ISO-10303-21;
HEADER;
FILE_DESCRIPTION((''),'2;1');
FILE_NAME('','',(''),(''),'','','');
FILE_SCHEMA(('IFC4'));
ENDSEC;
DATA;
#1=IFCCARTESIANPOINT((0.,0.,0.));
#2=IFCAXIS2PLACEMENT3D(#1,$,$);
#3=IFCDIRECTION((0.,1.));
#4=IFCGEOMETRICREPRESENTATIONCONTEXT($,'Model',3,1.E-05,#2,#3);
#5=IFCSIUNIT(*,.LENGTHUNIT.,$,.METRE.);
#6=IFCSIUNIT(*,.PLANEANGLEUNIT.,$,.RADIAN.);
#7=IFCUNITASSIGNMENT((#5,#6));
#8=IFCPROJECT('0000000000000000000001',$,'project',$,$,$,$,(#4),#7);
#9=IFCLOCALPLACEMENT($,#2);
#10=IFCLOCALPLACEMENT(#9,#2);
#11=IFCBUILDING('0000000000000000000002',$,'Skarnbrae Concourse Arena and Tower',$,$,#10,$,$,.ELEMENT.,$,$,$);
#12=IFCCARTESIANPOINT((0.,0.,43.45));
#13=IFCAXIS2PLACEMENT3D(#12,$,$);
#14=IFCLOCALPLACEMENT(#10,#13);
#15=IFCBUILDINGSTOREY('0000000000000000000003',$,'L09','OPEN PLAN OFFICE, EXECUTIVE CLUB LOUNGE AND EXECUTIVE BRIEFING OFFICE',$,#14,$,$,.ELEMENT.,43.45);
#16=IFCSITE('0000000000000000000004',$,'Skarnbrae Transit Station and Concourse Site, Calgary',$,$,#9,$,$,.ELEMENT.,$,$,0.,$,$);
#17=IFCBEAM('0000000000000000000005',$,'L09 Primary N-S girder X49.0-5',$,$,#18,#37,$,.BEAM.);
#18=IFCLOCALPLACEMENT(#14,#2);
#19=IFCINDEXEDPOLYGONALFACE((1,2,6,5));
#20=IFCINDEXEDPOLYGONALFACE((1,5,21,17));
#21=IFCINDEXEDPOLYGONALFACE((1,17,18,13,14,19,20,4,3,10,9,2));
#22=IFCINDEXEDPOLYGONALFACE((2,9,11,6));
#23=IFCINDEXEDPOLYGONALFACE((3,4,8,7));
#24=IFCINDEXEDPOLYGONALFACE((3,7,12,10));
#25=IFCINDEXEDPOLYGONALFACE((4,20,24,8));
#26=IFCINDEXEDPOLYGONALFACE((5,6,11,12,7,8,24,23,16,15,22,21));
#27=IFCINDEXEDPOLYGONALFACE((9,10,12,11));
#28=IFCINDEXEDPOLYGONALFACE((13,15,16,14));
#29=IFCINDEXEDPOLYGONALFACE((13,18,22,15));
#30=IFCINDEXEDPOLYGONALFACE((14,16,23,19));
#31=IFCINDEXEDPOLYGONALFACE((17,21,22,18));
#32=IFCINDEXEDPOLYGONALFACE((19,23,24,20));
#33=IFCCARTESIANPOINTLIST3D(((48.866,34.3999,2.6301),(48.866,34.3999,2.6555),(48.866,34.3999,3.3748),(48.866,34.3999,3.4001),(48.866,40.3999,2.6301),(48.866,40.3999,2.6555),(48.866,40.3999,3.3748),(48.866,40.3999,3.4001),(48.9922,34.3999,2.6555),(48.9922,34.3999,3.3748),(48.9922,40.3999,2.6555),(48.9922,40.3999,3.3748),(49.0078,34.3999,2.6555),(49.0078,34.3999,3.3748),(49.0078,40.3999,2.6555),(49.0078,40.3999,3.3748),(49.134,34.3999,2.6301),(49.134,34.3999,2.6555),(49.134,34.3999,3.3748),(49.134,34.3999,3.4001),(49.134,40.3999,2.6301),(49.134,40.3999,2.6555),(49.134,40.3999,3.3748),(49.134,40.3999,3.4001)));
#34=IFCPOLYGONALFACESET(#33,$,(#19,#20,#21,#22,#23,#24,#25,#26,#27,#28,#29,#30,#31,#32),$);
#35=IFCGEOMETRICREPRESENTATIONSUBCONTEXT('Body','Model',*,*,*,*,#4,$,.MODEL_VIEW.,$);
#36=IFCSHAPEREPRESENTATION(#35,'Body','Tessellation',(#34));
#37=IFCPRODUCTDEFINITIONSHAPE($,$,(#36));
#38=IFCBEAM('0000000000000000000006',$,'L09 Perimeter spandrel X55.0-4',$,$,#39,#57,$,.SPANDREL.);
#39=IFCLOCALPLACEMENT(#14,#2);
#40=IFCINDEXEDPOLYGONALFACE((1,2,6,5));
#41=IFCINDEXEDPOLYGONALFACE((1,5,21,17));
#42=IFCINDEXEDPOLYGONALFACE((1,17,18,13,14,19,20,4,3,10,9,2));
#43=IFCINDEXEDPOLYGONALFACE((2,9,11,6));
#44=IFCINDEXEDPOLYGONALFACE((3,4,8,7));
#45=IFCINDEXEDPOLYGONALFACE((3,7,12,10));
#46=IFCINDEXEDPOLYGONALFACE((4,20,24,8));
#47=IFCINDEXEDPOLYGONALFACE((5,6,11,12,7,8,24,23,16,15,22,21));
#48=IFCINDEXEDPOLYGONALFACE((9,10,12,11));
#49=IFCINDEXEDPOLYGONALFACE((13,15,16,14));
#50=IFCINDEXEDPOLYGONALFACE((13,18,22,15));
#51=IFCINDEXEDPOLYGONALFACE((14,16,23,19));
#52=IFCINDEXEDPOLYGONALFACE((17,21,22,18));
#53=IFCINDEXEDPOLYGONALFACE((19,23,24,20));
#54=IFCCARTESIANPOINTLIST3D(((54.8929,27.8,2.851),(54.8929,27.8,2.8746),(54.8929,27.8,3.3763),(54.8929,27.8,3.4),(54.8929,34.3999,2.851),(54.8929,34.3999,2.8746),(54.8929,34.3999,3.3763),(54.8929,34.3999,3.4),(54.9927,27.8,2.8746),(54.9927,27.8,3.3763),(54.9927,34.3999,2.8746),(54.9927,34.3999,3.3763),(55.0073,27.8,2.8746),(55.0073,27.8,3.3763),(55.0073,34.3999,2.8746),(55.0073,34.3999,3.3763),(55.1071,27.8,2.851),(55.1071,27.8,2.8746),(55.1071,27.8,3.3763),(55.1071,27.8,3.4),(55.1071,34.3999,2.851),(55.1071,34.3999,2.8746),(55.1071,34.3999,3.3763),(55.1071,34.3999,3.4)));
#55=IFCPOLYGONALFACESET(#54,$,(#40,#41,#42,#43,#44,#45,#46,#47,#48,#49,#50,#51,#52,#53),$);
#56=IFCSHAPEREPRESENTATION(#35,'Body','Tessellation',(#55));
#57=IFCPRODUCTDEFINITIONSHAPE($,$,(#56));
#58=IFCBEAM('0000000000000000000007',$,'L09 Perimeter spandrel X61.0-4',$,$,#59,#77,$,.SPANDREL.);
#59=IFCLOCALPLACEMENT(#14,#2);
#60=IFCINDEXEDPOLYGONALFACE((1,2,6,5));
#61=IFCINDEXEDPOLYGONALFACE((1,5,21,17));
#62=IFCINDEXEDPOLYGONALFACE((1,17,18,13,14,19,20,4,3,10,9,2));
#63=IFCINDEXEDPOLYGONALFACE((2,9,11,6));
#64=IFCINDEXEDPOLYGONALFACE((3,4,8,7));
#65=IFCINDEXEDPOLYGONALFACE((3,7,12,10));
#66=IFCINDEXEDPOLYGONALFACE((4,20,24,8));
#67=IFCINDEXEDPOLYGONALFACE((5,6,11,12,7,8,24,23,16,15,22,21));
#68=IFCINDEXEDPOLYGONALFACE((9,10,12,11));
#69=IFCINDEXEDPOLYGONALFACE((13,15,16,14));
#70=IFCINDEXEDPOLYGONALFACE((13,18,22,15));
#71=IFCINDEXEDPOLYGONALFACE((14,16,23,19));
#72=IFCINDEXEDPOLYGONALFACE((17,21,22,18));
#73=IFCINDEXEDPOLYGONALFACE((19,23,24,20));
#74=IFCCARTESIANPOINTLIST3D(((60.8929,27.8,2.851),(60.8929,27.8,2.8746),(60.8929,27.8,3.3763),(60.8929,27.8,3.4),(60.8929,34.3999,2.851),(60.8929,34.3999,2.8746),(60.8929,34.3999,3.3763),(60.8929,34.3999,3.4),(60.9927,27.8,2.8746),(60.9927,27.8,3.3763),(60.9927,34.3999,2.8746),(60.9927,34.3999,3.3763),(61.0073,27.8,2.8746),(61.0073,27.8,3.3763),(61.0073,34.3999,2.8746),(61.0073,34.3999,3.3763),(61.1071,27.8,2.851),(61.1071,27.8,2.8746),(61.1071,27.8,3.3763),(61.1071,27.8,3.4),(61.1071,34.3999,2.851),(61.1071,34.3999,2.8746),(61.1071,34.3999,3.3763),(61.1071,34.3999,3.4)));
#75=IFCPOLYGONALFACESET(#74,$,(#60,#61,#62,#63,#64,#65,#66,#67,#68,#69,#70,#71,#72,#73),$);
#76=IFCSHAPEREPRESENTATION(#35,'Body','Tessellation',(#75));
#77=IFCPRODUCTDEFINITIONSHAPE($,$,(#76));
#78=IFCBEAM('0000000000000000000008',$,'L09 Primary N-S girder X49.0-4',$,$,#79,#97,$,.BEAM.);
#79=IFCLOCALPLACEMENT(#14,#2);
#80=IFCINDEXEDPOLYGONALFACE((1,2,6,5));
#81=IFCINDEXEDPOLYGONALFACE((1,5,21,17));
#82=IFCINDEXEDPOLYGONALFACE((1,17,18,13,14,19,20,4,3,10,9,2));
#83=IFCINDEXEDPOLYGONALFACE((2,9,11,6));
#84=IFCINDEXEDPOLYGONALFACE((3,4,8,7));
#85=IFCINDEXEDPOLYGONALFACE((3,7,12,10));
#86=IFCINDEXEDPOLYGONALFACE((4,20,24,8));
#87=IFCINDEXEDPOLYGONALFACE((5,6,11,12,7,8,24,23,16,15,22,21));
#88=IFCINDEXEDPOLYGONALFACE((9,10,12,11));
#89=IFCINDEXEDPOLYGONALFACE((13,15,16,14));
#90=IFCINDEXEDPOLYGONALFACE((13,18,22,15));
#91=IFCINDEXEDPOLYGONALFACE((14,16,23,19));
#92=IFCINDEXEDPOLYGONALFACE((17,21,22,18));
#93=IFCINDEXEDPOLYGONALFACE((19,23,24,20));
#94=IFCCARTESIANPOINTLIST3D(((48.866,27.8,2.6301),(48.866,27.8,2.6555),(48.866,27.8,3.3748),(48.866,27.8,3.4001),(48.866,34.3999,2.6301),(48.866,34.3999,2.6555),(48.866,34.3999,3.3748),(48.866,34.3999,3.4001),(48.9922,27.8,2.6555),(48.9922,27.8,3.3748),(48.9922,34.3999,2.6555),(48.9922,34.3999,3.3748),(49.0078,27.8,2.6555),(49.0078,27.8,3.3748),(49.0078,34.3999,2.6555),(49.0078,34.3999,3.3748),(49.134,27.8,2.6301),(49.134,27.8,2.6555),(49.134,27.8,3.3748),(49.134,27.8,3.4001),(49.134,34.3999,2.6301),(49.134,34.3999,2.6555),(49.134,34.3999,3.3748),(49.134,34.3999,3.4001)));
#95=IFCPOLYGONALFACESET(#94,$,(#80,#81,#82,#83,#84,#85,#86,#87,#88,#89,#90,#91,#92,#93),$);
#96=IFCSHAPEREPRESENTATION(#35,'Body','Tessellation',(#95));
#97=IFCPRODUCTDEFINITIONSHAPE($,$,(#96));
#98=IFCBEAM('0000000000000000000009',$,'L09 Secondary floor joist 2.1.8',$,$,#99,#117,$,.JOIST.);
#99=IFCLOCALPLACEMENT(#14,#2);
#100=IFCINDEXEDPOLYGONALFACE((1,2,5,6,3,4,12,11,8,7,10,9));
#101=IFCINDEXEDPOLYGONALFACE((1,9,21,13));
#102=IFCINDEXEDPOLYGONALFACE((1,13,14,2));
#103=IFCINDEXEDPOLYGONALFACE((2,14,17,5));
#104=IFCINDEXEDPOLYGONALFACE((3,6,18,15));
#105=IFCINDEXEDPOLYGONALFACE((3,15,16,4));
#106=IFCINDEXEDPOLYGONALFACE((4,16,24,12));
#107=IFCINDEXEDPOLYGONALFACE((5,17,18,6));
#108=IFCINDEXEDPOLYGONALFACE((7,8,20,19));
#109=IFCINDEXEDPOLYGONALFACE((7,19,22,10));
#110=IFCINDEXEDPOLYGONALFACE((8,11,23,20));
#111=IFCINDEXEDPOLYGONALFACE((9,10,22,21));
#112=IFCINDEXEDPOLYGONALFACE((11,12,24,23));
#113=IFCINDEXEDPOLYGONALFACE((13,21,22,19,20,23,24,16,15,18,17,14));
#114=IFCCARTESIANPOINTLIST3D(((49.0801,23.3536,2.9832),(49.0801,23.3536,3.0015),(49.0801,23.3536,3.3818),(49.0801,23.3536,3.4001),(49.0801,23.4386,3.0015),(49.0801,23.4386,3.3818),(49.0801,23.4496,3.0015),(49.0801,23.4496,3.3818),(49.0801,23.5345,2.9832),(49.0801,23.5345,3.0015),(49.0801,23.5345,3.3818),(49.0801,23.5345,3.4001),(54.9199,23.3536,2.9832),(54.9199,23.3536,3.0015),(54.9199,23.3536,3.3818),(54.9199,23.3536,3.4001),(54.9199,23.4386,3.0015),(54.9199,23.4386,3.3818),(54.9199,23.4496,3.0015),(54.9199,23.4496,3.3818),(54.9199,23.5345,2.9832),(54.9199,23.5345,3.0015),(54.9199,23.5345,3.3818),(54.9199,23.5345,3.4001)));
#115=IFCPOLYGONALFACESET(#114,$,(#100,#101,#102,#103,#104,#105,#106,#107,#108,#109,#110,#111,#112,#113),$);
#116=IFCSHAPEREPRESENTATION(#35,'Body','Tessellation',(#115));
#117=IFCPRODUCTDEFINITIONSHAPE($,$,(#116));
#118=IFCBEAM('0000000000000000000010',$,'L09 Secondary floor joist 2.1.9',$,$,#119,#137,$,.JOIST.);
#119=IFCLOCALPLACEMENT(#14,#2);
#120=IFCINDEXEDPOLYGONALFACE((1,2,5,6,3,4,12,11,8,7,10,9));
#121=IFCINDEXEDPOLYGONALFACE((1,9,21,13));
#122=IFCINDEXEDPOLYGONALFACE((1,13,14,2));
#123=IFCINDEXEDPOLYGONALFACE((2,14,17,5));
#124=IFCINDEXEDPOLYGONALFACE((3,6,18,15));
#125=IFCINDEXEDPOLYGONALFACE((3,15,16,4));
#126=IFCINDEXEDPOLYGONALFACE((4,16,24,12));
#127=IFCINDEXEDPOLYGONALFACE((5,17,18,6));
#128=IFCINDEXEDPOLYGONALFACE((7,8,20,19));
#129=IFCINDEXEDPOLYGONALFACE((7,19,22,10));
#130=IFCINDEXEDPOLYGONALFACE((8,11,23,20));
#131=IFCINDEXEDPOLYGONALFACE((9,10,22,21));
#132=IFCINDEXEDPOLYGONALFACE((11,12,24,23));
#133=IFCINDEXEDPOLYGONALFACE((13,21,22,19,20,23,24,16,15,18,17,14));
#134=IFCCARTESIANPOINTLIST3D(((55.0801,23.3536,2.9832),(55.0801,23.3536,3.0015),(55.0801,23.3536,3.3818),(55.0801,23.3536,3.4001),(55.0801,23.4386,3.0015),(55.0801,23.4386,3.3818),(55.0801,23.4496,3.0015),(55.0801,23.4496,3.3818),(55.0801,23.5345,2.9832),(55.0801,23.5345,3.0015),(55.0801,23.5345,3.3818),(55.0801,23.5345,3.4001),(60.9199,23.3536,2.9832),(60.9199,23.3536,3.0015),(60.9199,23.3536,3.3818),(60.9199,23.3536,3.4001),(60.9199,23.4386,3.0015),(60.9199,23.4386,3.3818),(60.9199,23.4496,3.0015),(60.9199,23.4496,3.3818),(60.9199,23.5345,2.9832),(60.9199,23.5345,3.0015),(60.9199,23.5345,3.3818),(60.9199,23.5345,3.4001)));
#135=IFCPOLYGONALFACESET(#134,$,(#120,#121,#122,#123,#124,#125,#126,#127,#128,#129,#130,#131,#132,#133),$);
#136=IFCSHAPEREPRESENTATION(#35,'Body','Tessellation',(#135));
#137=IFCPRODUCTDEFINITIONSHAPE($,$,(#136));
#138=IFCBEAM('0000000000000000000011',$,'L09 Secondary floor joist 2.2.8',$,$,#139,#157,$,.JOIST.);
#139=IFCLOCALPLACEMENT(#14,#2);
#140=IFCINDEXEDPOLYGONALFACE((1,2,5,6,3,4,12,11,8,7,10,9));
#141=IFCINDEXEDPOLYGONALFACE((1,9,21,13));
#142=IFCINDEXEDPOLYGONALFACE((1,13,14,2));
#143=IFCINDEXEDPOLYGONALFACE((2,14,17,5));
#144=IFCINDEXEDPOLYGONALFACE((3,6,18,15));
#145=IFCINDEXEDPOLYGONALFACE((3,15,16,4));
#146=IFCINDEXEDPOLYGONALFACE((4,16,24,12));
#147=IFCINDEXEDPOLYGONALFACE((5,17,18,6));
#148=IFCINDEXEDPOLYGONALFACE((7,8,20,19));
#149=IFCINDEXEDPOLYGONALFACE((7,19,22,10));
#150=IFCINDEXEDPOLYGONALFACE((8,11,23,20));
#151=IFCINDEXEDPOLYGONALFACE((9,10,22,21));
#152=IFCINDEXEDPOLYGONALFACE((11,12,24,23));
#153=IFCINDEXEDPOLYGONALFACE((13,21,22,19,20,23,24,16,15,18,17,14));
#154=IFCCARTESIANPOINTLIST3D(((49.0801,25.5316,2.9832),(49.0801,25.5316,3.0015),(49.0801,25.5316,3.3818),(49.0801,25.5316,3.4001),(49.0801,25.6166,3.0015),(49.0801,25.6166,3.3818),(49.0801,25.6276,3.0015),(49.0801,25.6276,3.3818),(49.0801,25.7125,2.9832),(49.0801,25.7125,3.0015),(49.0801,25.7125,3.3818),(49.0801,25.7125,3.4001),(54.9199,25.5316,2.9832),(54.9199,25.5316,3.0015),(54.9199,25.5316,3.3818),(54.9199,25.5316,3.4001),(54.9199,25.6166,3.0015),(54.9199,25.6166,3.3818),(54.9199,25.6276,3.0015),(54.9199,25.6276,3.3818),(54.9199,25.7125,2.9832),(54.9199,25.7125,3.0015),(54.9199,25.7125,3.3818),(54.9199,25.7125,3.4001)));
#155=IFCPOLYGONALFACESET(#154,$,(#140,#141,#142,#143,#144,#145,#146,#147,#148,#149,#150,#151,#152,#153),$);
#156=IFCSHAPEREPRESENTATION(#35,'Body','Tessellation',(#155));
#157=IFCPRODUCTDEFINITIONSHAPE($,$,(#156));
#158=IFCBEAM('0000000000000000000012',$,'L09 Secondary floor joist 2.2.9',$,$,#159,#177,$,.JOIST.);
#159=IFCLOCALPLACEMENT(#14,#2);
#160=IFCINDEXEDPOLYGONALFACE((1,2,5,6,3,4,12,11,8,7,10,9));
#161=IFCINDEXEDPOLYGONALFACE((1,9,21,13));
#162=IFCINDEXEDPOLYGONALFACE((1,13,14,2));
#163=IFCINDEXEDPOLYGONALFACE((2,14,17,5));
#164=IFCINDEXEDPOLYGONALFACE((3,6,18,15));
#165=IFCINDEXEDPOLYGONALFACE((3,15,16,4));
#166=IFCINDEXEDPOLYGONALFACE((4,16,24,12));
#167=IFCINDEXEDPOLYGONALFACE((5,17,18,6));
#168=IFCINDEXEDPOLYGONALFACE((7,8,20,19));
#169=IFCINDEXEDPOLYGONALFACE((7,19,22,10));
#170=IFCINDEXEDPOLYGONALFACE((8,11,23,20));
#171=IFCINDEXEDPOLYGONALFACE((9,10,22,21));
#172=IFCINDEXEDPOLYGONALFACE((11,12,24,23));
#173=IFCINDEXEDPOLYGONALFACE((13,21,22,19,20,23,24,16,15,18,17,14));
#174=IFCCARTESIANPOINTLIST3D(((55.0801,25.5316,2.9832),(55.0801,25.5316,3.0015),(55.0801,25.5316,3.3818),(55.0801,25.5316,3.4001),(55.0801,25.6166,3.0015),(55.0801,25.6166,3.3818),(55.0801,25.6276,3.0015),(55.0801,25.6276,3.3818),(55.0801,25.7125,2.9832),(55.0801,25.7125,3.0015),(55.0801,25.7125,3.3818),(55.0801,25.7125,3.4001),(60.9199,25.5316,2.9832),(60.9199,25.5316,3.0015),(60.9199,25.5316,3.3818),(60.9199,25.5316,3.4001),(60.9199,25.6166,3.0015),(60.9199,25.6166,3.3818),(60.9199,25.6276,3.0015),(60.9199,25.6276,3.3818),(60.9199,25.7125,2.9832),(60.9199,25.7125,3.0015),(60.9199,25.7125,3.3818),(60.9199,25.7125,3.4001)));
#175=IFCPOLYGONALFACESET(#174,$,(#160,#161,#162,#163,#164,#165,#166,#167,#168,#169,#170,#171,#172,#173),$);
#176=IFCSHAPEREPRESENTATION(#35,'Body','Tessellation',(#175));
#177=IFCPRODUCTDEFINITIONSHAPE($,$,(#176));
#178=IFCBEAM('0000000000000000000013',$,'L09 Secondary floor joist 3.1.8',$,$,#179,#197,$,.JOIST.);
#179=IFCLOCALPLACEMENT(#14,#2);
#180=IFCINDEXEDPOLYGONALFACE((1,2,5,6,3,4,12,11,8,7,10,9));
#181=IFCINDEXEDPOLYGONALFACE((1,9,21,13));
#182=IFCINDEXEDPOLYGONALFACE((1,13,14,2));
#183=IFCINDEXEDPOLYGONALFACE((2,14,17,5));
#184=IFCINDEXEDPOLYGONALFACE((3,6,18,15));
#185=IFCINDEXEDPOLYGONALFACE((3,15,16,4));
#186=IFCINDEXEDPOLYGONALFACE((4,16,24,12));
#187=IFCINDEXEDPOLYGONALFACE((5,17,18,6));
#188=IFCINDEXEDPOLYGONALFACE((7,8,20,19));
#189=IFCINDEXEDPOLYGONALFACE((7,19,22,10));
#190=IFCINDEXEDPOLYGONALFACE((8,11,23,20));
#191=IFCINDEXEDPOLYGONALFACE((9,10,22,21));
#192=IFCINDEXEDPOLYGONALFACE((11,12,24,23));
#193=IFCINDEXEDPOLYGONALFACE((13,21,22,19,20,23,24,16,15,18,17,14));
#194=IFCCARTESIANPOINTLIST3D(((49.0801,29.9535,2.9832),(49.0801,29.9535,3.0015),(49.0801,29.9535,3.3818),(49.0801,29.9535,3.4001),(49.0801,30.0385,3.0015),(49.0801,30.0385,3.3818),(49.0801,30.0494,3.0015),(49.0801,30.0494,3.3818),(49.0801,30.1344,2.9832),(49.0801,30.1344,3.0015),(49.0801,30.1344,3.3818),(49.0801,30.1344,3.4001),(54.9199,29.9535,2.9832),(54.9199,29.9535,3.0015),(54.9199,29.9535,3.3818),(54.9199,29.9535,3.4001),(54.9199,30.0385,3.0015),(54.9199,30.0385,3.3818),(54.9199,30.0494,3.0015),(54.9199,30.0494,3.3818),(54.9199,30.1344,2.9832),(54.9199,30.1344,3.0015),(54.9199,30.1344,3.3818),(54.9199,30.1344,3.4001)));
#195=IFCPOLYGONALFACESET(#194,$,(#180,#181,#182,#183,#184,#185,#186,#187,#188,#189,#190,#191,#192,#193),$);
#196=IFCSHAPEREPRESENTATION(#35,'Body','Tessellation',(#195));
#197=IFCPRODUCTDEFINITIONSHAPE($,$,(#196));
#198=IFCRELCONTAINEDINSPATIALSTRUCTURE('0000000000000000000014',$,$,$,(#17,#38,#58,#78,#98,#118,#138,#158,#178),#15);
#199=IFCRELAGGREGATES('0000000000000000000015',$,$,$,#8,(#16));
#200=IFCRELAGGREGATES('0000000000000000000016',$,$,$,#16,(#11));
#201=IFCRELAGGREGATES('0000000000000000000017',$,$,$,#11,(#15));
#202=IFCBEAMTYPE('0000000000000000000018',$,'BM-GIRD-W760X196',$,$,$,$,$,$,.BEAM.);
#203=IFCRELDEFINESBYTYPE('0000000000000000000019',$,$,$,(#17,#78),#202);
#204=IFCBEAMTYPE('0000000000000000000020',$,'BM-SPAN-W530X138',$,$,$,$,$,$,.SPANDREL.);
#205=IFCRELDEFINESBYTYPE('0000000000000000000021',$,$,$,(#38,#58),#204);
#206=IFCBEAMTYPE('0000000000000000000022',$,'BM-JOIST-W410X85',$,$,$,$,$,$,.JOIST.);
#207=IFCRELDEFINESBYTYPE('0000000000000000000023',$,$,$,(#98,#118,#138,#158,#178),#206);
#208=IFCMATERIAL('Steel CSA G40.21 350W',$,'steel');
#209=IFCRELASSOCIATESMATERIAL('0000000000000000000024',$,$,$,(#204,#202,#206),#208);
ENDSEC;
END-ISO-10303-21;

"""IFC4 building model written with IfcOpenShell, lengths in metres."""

from ifc_helpers import new_model, si_unit, direction, frame, origin, origin_2d, place, context, subcontext, project, spatial, i_section, extrude, source, transform, mapped, material, material_profile, profile_set, type_object, element, save


model = new_model("IFC4")

# Units and contexts
model_context = context("Model", 3, precision=1e-05, world=origin(), true_north=direction((0.0, 1.0)))
body_context = subcontext(model_context, "Body", "Model", "MODEL_VIEW")
ifc_project = project(units=[si_unit("LENGTHUNIT", "METRE"), si_unit("PLANEANGLEUNIT", "RADIAN")], contexts=[model_context])

# Site, building, storey
site_placement = place(None, origin())
site = spatial("IfcSite", under=ifc_project, at=site_placement, Name="Skarnbrae Transit Station and Concourse Site, Calgary", CompositionType="ELEMENT", RefElevation=0.0)
building_placement = place(site_placement, origin())
building = spatial("IfcBuilding", under=site, at=building_placement, Name="Skarnbrae Concourse Arena and Tower", CompositionType="ELEMENT")
storey_placement = place(building_placement, frame((0.0, 0.0, 43.45)))
storey = spatial("IfcBuildingStorey", under=building, at=storey_placement, Name="L09", Description="OPEN PLAN OFFICE, EXECUTIVE CLUB LOUNGE AND EXECUTIVE BRIEFING OFFICE", CompositionType="ELEMENT", Elevation=43.45)

# Shared definitions
ifc_material_1 = material(Name="Steel CSA G40.21 350W", Category="steel")

# Beams
ifc_material_profile_1 = material_profile(ifc_material_1, i_section(OverallWidth=0.2141, OverallDepth=0.5491, WebThickness=0.0146, FlangeThickness=0.0237, at=origin_2d()), Name="W530X138")
ifc_profile_set_1 = profile_set([ifc_material_profile_1], Name="Steel CSA G40.21 350W")
beam_type_1 = type_object("IfcBeamType", Name="BM-SPAN-W530X138", PredefinedType="SPANDREL", material=ifc_profile_set_1)
ifc_material_profile_2 = material_profile(ifc_material_1, i_section(OverallWidth=0.2681, OverallDepth=0.77, WebThickness=0.0156, FlangeThickness=0.0254, at=origin_2d()), Name="W760X196")
ifc_profile_set_2 = profile_set([ifc_material_profile_2], Name="Steel CSA G40.21 350W")
beam_type_2 = type_object("IfcBeamType", Name="BM-GIRD-W760X196", PredefinedType="BEAM", material=ifc_profile_set_2)
shared_shape_1 = source(origin(), body_context, "Body", "SweptSolid", [
    extrude(i_section(OverallWidth=0.2681, OverallDepth=0.77, WebThickness=0.0156, FlangeThickness=0.0254, at=origin_2d()), origin(), (0.0, 0.0, 1.0), 6.0),
])
for number, where, z_axis, x_axis, name in (
    (1, (49.0, 34.3999, 3.0151), (0.0, 1.0, 0.0), (-1.0, 0.0, 0.0), "L09 Primary N-S girder X49.0-5"),
):
    element("IfcBeam", number, at=place(storey_placement, frame(where, z_axis=z_axis, x_axis=x_axis)), inside=storey, type_object=beam_type_2, Name=name, PredefinedType="BEAM", context=body_context, shape_type="MappedRepresentation", body=[
        mapped(shared_shape_1, transform((0.0, 0.0, 0.0))),
    ])
shared_shape_2 = source(origin(), body_context, "Body", "SweptSolid", [
    extrude(i_section(OverallWidth=0.2141, OverallDepth=0.5491, WebThickness=0.0146, FlangeThickness=0.0237, at=origin_2d()), origin(), (0.0, 0.0, 1.0), 6.5999),
])
for number, where, z_axis, x_axis, name in (
    (2, (55.0, 27.8, 3.1255), (0.0, 1.0, 0.0), (-1.0, 0.0, 0.0), "L09 Perimeter spandrel X55.0-4"),
    (3, (61.0, 27.8, 3.1255), (0.0, 1.0, 0.0), (-1.0, 0.0, 0.0), "L09 Perimeter spandrel X61.0-4"),
):
    element("IfcBeam", number, at=place(storey_placement, frame(where, z_axis=z_axis, x_axis=x_axis)), inside=storey, type_object=beam_type_1, Name=name, PredefinedType="SPANDREL", context=body_context, shape_type="MappedRepresentation", body=[
        mapped(shared_shape_2, transform((0.0, 0.0, 0.0))),
    ])
shared_shape_3 = source(origin(), body_context, "Body", "SweptSolid", [
    extrude(i_section(OverallWidth=0.2681, OverallDepth=0.77, WebThickness=0.0156, FlangeThickness=0.0254, at=origin_2d()), origin(), (0.0, 0.0, 1.0), 6.5999),
])
beam_placement = place(storey_placement, frame((49.0, 27.8, 3.0151), z_axis=(0.0, 1.0, 0.0), x_axis=(-1.0, 0.0, 0.0)))
element("IfcBeam", 4, at=beam_placement, inside=storey, type_object=beam_type_2, Name="L09 Primary N-S girder X49.0-4", PredefinedType="BEAM", context=body_context, shape_type="MappedRepresentation", body=[
    mapped(shared_shape_3, transform((0.0, 0.0, 0.0))),
])
ifc_material_profile_3 = material_profile(ifc_material_1, i_section(OverallWidth=0.1809, OverallDepth=0.417, WebThickness=0.011, FlangeThickness=0.0183, at=origin_2d()), Name="W410X85")
ifc_profile_set_3 = profile_set([ifc_material_profile_3], Name="Steel CSA G40.21 350W")
beam_type_3 = type_object("IfcBeamType", Name="BM-JOIST-W410X85", PredefinedType="JOIST", material=ifc_profile_set_3)
shared_shape_4 = source(origin(), body_context, "Body", "SweptSolid", [
    extrude(i_section(OverallWidth=0.1809, OverallDepth=0.417, WebThickness=0.011, FlangeThickness=0.0183, at=origin_2d()), origin(), (0.0, 0.0, 1.0), 5.8398),
])
for number, where, z_axis, x_axis, name in (
    (5, (49.0801, 23.4441, 3.1917), (1.0, 0.0, 0.0), (0.0, 1.0, 0.0), "L09 Secondary floor joist 2.1.8"),
    (6, (55.0801, 23.4441, 3.1917), (1.0, 0.0, 0.0), (0.0, 1.0, 0.0), "L09 Secondary floor joist 2.1.9"),
    (7, (49.0801, 25.6221, 3.1917), (1.0, 0.0, 0.0), (0.0, 1.0, 0.0), "L09 Secondary floor joist 2.2.8"),
    (8, (55.0801, 25.6221, 3.1917), (1.0, 0.0, 0.0), (0.0, 1.0, 0.0), "L09 Secondary floor joist 2.2.9"),
    (9, (49.0801, 30.0439, 3.1917), (1.0, 0.0, 0.0), (0.0, 1.0, 0.0), "L09 Secondary floor joist 3.1.8"),
):
    element("IfcBeam", number, at=place(storey_placement, frame(where, z_axis=z_axis, x_axis=x_axis)), inside=storey, type_object=beam_type_3, Name=name, PredefinedType="JOIST", context=body_context, shape_type="MappedRepresentation", body=[
        mapped(shared_shape_4, transform((0.0, 0.0, 0.0))),
    ])

save(model, "model.ifc")
